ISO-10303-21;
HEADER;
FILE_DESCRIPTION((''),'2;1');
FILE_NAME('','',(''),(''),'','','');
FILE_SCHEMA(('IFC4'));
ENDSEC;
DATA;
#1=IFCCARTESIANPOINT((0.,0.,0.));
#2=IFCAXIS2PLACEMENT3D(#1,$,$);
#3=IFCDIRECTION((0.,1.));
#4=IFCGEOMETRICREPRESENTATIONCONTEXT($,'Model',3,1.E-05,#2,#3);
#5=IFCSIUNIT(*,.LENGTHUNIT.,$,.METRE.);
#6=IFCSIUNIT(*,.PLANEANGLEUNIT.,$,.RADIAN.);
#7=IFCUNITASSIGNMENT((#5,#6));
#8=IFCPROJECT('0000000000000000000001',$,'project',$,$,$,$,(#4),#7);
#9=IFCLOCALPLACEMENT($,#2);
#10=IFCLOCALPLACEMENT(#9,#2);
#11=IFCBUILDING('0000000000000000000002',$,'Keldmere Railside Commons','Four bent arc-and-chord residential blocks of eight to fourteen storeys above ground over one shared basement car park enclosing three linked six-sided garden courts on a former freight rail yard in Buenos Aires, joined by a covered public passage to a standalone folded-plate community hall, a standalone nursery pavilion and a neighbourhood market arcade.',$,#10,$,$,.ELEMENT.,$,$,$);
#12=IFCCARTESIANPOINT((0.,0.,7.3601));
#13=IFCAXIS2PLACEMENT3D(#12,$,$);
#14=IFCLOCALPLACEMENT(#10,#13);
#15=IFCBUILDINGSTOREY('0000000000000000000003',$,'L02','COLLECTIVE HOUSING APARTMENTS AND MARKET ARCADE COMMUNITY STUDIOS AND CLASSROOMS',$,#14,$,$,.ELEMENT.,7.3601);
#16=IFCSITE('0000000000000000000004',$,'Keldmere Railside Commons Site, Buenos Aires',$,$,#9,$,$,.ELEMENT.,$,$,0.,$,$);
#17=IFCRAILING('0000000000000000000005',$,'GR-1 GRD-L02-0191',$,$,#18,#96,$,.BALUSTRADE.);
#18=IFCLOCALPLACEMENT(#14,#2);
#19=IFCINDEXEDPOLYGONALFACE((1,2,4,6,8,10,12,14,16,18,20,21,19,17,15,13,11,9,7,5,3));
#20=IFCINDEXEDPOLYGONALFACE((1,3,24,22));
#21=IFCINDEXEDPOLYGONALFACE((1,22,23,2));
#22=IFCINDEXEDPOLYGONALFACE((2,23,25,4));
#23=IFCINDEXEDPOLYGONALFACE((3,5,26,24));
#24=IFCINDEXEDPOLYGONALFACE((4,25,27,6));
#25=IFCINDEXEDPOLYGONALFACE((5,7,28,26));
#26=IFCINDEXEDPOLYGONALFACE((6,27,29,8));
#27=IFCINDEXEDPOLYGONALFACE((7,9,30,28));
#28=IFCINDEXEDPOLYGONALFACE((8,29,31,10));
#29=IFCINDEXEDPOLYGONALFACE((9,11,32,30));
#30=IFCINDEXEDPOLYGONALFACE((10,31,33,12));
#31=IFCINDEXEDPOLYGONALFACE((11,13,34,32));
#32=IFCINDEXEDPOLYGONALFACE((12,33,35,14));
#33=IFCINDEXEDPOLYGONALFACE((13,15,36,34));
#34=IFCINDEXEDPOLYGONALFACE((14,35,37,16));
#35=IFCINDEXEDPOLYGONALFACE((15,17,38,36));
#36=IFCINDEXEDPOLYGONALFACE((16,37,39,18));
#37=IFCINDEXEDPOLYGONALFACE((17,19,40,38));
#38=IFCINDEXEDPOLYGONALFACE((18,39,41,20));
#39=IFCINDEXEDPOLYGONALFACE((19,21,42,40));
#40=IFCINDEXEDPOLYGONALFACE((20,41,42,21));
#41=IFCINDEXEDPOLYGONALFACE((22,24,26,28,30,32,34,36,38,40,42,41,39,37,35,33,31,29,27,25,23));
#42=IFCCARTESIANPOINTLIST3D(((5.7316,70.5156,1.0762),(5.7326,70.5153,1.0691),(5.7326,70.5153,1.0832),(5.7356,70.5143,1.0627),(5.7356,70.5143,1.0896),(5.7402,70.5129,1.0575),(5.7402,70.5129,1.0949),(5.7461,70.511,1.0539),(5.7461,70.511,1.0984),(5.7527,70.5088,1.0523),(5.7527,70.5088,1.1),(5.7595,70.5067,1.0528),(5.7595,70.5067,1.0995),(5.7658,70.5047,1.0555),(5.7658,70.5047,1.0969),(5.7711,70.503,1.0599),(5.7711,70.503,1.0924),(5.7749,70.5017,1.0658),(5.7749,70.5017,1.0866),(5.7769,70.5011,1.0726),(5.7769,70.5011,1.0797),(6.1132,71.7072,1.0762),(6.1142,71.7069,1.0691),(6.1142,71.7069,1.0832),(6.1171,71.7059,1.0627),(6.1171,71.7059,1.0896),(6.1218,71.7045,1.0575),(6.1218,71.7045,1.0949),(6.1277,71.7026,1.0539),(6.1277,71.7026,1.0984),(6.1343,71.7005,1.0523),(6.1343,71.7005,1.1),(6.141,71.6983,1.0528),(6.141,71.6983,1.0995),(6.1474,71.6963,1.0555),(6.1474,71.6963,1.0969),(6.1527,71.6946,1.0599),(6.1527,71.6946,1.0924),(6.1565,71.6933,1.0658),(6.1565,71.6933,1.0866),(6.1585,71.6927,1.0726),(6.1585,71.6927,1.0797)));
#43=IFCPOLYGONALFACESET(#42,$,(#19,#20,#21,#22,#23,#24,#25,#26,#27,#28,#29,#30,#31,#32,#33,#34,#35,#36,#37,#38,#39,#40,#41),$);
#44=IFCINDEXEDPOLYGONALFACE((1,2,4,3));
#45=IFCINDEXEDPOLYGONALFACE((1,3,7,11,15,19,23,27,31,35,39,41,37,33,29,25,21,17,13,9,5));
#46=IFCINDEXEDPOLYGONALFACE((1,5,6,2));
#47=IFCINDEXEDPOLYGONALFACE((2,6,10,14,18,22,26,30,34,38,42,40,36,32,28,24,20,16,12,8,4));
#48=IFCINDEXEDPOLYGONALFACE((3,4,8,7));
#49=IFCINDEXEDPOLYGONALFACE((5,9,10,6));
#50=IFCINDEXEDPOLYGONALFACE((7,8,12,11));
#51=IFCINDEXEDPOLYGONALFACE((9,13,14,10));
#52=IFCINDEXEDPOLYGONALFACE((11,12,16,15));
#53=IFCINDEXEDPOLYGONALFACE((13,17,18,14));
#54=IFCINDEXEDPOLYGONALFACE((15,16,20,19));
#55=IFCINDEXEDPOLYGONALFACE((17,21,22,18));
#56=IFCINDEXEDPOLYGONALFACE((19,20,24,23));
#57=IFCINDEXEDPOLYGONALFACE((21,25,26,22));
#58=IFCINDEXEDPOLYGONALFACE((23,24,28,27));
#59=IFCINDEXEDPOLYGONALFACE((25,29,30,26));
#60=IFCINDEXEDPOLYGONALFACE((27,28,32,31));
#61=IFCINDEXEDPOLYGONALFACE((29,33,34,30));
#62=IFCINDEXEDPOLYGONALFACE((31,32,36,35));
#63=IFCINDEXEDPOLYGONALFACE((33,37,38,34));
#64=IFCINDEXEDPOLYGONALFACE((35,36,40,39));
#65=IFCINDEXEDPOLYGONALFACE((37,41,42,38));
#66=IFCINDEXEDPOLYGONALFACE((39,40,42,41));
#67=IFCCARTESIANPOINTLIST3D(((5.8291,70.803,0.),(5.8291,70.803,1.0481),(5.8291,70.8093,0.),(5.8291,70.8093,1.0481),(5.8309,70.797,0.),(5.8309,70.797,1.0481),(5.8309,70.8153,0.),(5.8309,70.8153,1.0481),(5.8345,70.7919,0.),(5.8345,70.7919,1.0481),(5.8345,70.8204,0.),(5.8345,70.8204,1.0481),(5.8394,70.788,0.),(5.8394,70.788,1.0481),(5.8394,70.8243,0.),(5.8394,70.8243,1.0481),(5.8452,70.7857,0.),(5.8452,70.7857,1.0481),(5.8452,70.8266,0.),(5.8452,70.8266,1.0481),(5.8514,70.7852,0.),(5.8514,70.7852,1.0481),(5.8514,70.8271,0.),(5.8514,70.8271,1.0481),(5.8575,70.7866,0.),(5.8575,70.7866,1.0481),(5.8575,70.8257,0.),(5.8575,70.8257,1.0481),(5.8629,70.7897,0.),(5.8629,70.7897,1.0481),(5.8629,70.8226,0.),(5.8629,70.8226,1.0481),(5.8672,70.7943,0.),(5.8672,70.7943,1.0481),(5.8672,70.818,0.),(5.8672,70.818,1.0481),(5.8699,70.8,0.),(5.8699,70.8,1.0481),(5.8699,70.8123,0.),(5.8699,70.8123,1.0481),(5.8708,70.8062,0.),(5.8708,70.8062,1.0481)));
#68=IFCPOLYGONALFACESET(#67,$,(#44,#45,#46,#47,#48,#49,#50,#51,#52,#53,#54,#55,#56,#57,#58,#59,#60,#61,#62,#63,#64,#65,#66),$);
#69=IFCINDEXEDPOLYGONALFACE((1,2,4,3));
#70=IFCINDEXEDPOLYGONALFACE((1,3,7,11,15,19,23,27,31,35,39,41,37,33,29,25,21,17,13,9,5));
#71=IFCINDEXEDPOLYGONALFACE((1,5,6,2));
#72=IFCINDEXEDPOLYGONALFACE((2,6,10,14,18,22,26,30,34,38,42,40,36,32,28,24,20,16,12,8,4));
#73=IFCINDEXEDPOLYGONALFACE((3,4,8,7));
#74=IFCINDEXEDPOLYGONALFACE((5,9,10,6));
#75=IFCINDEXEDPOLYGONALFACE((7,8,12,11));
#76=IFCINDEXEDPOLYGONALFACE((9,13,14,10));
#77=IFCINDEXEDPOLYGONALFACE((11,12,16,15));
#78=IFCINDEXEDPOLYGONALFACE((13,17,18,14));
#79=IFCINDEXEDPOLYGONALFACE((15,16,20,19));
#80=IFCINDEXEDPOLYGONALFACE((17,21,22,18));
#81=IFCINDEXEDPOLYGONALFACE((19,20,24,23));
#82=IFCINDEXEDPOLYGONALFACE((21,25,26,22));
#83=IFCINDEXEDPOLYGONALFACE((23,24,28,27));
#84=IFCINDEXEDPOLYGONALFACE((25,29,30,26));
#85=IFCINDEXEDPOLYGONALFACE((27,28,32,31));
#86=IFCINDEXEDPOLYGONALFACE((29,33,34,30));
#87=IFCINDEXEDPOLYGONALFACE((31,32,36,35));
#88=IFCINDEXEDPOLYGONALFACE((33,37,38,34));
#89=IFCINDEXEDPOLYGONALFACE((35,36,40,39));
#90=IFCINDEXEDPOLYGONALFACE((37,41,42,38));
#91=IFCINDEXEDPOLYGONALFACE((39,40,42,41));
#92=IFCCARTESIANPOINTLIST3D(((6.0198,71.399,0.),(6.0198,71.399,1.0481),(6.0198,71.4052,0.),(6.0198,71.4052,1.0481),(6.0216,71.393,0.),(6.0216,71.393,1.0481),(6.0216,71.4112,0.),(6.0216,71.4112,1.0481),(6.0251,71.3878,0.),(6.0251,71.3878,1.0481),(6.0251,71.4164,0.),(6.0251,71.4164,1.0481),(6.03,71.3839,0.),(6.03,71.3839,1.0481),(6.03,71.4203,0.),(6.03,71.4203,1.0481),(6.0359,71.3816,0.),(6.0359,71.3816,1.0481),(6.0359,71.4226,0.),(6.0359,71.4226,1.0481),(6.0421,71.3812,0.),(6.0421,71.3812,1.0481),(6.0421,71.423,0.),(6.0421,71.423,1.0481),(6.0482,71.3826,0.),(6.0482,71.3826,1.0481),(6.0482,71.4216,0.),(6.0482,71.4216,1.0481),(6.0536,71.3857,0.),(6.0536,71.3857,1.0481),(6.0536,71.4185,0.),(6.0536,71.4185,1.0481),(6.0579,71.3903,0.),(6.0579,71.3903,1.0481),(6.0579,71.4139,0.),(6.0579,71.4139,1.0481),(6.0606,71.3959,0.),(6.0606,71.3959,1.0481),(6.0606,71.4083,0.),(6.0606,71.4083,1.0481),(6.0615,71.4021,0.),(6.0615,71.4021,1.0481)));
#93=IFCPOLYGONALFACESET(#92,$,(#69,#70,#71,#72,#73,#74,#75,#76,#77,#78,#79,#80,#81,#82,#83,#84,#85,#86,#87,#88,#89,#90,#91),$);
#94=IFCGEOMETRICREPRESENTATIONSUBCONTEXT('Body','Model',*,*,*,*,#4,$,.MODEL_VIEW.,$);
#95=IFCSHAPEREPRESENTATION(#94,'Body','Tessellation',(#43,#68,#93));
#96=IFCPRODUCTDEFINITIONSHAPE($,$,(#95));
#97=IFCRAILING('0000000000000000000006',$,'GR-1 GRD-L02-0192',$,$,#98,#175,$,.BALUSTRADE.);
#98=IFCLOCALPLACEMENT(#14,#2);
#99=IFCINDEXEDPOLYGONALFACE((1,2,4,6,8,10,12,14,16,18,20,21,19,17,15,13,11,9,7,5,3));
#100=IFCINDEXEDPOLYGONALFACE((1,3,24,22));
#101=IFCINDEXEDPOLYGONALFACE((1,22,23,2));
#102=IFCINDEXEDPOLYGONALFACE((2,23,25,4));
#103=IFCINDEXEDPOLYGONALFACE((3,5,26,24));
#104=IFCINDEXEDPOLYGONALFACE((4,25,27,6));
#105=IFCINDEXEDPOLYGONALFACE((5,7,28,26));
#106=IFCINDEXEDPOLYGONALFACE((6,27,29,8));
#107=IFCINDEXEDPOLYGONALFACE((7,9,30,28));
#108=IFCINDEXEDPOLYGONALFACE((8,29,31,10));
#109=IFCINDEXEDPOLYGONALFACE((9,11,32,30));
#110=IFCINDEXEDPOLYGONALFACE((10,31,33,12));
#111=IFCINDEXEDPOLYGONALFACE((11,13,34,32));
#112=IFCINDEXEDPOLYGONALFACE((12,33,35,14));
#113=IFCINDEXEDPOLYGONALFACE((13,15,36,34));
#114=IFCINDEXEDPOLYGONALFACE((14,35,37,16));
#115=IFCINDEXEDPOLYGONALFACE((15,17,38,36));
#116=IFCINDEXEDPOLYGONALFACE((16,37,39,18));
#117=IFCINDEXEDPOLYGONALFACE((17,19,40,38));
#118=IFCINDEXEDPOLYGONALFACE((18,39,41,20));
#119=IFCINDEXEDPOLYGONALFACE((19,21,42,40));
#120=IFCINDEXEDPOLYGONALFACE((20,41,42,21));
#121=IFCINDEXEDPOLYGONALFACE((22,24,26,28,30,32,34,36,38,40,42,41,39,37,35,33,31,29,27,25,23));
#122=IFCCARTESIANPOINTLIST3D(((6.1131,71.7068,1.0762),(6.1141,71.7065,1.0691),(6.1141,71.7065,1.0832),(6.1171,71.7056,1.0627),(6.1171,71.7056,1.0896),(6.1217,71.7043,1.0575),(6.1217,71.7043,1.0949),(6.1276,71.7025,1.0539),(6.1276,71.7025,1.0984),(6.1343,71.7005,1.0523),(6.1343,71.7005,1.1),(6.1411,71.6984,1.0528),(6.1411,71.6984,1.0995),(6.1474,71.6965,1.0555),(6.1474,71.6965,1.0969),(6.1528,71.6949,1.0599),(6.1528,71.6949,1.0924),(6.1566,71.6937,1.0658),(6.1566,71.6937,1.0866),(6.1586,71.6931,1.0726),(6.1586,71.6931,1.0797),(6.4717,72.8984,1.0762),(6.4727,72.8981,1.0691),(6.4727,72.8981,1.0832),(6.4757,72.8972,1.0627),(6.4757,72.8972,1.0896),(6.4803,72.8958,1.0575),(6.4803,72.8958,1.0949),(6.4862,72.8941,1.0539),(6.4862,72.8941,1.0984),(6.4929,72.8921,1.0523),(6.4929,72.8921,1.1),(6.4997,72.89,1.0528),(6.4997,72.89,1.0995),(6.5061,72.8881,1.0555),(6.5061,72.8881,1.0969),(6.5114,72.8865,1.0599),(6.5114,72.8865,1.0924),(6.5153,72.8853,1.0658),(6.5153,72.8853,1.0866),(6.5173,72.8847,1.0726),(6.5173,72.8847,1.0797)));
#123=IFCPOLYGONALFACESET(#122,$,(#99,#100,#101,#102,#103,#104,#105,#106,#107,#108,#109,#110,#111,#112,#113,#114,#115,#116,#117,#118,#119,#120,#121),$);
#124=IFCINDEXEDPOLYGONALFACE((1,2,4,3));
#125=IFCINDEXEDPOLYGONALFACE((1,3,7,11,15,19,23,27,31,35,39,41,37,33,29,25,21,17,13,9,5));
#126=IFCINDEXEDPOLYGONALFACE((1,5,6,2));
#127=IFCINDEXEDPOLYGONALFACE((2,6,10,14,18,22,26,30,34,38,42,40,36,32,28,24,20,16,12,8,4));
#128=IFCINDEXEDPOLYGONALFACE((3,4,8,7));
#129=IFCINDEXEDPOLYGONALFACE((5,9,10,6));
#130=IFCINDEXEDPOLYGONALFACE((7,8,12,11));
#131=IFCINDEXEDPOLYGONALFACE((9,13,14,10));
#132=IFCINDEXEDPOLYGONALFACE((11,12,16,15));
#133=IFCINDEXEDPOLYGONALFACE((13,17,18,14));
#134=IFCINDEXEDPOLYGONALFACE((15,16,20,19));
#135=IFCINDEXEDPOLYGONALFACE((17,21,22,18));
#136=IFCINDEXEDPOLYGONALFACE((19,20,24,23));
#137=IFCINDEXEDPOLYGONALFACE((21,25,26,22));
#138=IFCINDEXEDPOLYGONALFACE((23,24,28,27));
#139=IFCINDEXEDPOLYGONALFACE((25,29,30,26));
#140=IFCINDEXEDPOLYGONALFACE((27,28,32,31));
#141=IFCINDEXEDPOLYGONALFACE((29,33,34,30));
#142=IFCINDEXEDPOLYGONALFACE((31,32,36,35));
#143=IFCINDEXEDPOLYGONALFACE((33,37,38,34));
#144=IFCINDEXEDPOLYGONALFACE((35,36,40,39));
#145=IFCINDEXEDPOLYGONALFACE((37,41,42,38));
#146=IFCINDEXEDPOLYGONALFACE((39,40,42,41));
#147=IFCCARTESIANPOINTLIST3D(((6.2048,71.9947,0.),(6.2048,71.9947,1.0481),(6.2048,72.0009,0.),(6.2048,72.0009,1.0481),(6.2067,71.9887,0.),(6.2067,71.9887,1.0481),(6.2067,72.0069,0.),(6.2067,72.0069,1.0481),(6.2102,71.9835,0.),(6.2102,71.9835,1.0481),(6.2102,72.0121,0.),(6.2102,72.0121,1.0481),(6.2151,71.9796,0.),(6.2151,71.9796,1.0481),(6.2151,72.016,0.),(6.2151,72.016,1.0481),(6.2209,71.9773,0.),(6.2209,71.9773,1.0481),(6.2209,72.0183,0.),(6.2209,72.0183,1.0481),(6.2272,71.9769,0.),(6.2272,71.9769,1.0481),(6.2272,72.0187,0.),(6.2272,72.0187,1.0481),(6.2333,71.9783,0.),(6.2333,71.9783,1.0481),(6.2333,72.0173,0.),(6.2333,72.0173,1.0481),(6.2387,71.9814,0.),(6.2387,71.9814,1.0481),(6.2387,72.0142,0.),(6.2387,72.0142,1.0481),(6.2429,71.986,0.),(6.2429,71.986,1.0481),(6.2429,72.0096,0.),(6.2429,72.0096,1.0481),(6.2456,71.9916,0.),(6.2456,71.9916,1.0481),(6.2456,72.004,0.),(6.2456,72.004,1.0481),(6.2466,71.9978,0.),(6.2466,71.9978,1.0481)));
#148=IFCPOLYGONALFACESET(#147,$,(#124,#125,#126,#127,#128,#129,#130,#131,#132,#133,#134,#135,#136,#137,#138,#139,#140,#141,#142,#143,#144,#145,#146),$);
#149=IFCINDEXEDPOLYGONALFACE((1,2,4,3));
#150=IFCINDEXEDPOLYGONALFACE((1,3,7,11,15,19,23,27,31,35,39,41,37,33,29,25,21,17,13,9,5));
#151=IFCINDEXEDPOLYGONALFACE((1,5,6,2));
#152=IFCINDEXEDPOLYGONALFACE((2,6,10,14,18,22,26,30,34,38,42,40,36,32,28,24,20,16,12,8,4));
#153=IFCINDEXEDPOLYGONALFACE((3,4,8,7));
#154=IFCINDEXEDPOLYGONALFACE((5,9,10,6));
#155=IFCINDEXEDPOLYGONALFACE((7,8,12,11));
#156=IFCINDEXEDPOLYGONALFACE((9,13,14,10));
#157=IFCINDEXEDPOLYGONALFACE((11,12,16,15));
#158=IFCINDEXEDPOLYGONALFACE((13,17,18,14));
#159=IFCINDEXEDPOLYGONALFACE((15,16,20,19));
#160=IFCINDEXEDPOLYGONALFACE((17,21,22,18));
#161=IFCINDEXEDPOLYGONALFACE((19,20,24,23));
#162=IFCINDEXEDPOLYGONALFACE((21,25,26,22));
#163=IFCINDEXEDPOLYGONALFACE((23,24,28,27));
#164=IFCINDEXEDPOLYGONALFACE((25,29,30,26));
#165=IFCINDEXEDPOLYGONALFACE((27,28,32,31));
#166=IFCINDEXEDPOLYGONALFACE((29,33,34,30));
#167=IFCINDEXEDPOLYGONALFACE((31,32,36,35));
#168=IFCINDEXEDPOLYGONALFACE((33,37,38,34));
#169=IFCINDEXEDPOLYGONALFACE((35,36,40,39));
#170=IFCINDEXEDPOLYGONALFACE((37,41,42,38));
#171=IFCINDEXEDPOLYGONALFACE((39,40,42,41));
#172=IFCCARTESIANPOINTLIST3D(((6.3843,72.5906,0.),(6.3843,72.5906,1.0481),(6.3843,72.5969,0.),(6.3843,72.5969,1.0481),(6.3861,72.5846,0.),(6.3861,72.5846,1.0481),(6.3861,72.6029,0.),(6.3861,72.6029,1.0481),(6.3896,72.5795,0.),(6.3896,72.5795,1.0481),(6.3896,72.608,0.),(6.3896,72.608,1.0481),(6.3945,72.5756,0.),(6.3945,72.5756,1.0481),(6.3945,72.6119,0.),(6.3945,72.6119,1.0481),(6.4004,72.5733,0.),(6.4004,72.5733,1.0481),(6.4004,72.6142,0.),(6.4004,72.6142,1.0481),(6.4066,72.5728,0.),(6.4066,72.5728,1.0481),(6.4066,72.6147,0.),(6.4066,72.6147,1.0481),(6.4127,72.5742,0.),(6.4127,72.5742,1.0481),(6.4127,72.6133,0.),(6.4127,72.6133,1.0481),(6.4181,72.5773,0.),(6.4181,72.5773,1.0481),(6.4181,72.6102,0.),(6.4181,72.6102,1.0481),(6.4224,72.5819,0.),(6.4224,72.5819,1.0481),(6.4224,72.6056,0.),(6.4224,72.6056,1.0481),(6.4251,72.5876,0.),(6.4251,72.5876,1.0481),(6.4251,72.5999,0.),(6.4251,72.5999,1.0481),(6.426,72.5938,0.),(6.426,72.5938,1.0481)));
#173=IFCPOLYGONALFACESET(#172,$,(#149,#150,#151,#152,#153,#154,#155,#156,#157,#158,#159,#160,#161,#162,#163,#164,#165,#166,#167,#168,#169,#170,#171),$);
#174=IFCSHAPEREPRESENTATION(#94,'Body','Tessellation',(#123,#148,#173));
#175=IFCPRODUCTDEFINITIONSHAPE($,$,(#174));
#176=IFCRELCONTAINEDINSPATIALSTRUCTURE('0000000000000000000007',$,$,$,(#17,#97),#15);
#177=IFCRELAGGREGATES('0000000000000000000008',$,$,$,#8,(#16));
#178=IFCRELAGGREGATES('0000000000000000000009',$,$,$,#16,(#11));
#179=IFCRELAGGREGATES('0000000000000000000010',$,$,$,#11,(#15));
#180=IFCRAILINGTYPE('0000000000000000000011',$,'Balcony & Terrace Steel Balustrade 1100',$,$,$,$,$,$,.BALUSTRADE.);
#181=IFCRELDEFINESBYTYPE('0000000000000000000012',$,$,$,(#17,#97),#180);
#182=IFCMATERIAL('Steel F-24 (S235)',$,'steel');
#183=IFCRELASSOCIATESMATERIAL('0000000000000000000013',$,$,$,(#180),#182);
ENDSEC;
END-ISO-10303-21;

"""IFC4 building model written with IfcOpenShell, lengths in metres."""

from ifc_helpers import new_model, si_unit, direction, frame, origin, origin_2d, place, context, subcontext, project, spatial, circle, extrude, material, type_object, element, save


model = new_model("IFC4")

# Units and contexts
model_context = context("Model", 3, precision=1e-05, world=origin(), true_north=direction((0.0, 1.0)))
body_context = subcontext(model_context, "Body", "Model", "MODEL_VIEW")
ifc_project = project(units=[si_unit("LENGTHUNIT", "METRE"), si_unit("PLANEANGLEUNIT", "RADIAN")], contexts=[model_context])

# Site, building, storey
site_placement = place(None, origin())
site = spatial("IfcSite", under=ifc_project, at=site_placement, Name="Keldmere Railside Commons Site, Buenos Aires", CompositionType="ELEMENT", RefElevation=0.0)
building_placement = place(site_placement, origin())
building = spatial("IfcBuilding", under=site, at=building_placement, Name="Keldmere Railside Commons", Description="Four bent arc-and-chord residential blocks of eight to fourteen storeys above ground over one shared basement car park enclosing three linked six-sided garden courts on a former freight rail yard in Buenos Aires, joined by a covered public passage to a standalone folded-plate community hall, a standalone nursery pavilion and a neighbourhood market arcade.", CompositionType="ELEMENT")
storey_placement = place(building_placement, frame((0.0, 0.0, 7.3601)))
storey = spatial("IfcBuildingStorey", under=building, at=storey_placement, Name="L02", Description="COLLECTIVE HOUSING APARTMENTS AND MARKET ARCADE COMMUNITY STUDIOS AND CLASSROOMS", CompositionType="ELEMENT", Elevation=7.3601)

# Shared definitions
ifc_material_1 = material(Name="Steel F-24 (S235)", Category="steel")

# Railings
railing_type_1 = type_object("IfcRailingType", Name="Balcony & Terrace Steel Balustrade 1100", PredefinedType="BALUSTRADE", material=ifc_material_1)
railing_1_placement = place(storey_placement, frame((5.7544, 70.5083, 0.0)))
element("IfcRailing", 1, at=railing_1_placement, inside=storey, type_object=railing_type_1, Name="GR-1 GRD-L02-0191", PredefinedType="BALUSTRADE", context=body_context, shape_type="SweptSolid", body=[
    extrude(circle(Radius=0.0239, at=origin_2d()), frame((0.0, 0.0, 1.0762), z_axis=(0.304967, 0.952363, 0.0), x_axis=(-0.952363, 0.304967, 0.0)), (0.0, 0.0, 1.0), 1.2512),
    extrude(circle(Radius=0.021, at=origin_2d()), frame((0.0955, 0.2979, 0.0)), (0.0, 0.0, 1.0), 1.0481),
    extrude(circle(Radius=0.021, at=origin_2d()), frame((0.2861, 0.8938, 0.0)), (0.0, 0.0, 1.0), 1.0481),
])
railing_2_placement = place(storey_placement, frame((6.136, 71.7, 0.0)))
element("IfcRailing", 2, at=railing_2_placement, inside=storey, type_object=railing_type_1, Name="GR-1 GRD-L02-0192", PredefinedType="BALUSTRADE", context=body_context, shape_type="SweptSolid", body=[
    extrude(circle(Radius=0.0239, at=origin_2d()), frame((0.0, 0.0, 1.0762), z_axis=(0.288194, 0.957572, 0.0), x_axis=(-0.957572, 0.288194, 0.0)), (0.0, 0.0, 1.0), 1.2444),
    extrude(circle(Radius=0.021, at=origin_2d()), frame((0.0896, 0.2979, 0.0)), (0.0, 0.0, 1.0), 1.0481),
    extrude(circle(Radius=0.021, at=origin_2d()), frame((0.269, 0.8938, 0.0)), (0.0, 0.0, 1.0), 1.0481),
])

save(model, "model.ifc")
